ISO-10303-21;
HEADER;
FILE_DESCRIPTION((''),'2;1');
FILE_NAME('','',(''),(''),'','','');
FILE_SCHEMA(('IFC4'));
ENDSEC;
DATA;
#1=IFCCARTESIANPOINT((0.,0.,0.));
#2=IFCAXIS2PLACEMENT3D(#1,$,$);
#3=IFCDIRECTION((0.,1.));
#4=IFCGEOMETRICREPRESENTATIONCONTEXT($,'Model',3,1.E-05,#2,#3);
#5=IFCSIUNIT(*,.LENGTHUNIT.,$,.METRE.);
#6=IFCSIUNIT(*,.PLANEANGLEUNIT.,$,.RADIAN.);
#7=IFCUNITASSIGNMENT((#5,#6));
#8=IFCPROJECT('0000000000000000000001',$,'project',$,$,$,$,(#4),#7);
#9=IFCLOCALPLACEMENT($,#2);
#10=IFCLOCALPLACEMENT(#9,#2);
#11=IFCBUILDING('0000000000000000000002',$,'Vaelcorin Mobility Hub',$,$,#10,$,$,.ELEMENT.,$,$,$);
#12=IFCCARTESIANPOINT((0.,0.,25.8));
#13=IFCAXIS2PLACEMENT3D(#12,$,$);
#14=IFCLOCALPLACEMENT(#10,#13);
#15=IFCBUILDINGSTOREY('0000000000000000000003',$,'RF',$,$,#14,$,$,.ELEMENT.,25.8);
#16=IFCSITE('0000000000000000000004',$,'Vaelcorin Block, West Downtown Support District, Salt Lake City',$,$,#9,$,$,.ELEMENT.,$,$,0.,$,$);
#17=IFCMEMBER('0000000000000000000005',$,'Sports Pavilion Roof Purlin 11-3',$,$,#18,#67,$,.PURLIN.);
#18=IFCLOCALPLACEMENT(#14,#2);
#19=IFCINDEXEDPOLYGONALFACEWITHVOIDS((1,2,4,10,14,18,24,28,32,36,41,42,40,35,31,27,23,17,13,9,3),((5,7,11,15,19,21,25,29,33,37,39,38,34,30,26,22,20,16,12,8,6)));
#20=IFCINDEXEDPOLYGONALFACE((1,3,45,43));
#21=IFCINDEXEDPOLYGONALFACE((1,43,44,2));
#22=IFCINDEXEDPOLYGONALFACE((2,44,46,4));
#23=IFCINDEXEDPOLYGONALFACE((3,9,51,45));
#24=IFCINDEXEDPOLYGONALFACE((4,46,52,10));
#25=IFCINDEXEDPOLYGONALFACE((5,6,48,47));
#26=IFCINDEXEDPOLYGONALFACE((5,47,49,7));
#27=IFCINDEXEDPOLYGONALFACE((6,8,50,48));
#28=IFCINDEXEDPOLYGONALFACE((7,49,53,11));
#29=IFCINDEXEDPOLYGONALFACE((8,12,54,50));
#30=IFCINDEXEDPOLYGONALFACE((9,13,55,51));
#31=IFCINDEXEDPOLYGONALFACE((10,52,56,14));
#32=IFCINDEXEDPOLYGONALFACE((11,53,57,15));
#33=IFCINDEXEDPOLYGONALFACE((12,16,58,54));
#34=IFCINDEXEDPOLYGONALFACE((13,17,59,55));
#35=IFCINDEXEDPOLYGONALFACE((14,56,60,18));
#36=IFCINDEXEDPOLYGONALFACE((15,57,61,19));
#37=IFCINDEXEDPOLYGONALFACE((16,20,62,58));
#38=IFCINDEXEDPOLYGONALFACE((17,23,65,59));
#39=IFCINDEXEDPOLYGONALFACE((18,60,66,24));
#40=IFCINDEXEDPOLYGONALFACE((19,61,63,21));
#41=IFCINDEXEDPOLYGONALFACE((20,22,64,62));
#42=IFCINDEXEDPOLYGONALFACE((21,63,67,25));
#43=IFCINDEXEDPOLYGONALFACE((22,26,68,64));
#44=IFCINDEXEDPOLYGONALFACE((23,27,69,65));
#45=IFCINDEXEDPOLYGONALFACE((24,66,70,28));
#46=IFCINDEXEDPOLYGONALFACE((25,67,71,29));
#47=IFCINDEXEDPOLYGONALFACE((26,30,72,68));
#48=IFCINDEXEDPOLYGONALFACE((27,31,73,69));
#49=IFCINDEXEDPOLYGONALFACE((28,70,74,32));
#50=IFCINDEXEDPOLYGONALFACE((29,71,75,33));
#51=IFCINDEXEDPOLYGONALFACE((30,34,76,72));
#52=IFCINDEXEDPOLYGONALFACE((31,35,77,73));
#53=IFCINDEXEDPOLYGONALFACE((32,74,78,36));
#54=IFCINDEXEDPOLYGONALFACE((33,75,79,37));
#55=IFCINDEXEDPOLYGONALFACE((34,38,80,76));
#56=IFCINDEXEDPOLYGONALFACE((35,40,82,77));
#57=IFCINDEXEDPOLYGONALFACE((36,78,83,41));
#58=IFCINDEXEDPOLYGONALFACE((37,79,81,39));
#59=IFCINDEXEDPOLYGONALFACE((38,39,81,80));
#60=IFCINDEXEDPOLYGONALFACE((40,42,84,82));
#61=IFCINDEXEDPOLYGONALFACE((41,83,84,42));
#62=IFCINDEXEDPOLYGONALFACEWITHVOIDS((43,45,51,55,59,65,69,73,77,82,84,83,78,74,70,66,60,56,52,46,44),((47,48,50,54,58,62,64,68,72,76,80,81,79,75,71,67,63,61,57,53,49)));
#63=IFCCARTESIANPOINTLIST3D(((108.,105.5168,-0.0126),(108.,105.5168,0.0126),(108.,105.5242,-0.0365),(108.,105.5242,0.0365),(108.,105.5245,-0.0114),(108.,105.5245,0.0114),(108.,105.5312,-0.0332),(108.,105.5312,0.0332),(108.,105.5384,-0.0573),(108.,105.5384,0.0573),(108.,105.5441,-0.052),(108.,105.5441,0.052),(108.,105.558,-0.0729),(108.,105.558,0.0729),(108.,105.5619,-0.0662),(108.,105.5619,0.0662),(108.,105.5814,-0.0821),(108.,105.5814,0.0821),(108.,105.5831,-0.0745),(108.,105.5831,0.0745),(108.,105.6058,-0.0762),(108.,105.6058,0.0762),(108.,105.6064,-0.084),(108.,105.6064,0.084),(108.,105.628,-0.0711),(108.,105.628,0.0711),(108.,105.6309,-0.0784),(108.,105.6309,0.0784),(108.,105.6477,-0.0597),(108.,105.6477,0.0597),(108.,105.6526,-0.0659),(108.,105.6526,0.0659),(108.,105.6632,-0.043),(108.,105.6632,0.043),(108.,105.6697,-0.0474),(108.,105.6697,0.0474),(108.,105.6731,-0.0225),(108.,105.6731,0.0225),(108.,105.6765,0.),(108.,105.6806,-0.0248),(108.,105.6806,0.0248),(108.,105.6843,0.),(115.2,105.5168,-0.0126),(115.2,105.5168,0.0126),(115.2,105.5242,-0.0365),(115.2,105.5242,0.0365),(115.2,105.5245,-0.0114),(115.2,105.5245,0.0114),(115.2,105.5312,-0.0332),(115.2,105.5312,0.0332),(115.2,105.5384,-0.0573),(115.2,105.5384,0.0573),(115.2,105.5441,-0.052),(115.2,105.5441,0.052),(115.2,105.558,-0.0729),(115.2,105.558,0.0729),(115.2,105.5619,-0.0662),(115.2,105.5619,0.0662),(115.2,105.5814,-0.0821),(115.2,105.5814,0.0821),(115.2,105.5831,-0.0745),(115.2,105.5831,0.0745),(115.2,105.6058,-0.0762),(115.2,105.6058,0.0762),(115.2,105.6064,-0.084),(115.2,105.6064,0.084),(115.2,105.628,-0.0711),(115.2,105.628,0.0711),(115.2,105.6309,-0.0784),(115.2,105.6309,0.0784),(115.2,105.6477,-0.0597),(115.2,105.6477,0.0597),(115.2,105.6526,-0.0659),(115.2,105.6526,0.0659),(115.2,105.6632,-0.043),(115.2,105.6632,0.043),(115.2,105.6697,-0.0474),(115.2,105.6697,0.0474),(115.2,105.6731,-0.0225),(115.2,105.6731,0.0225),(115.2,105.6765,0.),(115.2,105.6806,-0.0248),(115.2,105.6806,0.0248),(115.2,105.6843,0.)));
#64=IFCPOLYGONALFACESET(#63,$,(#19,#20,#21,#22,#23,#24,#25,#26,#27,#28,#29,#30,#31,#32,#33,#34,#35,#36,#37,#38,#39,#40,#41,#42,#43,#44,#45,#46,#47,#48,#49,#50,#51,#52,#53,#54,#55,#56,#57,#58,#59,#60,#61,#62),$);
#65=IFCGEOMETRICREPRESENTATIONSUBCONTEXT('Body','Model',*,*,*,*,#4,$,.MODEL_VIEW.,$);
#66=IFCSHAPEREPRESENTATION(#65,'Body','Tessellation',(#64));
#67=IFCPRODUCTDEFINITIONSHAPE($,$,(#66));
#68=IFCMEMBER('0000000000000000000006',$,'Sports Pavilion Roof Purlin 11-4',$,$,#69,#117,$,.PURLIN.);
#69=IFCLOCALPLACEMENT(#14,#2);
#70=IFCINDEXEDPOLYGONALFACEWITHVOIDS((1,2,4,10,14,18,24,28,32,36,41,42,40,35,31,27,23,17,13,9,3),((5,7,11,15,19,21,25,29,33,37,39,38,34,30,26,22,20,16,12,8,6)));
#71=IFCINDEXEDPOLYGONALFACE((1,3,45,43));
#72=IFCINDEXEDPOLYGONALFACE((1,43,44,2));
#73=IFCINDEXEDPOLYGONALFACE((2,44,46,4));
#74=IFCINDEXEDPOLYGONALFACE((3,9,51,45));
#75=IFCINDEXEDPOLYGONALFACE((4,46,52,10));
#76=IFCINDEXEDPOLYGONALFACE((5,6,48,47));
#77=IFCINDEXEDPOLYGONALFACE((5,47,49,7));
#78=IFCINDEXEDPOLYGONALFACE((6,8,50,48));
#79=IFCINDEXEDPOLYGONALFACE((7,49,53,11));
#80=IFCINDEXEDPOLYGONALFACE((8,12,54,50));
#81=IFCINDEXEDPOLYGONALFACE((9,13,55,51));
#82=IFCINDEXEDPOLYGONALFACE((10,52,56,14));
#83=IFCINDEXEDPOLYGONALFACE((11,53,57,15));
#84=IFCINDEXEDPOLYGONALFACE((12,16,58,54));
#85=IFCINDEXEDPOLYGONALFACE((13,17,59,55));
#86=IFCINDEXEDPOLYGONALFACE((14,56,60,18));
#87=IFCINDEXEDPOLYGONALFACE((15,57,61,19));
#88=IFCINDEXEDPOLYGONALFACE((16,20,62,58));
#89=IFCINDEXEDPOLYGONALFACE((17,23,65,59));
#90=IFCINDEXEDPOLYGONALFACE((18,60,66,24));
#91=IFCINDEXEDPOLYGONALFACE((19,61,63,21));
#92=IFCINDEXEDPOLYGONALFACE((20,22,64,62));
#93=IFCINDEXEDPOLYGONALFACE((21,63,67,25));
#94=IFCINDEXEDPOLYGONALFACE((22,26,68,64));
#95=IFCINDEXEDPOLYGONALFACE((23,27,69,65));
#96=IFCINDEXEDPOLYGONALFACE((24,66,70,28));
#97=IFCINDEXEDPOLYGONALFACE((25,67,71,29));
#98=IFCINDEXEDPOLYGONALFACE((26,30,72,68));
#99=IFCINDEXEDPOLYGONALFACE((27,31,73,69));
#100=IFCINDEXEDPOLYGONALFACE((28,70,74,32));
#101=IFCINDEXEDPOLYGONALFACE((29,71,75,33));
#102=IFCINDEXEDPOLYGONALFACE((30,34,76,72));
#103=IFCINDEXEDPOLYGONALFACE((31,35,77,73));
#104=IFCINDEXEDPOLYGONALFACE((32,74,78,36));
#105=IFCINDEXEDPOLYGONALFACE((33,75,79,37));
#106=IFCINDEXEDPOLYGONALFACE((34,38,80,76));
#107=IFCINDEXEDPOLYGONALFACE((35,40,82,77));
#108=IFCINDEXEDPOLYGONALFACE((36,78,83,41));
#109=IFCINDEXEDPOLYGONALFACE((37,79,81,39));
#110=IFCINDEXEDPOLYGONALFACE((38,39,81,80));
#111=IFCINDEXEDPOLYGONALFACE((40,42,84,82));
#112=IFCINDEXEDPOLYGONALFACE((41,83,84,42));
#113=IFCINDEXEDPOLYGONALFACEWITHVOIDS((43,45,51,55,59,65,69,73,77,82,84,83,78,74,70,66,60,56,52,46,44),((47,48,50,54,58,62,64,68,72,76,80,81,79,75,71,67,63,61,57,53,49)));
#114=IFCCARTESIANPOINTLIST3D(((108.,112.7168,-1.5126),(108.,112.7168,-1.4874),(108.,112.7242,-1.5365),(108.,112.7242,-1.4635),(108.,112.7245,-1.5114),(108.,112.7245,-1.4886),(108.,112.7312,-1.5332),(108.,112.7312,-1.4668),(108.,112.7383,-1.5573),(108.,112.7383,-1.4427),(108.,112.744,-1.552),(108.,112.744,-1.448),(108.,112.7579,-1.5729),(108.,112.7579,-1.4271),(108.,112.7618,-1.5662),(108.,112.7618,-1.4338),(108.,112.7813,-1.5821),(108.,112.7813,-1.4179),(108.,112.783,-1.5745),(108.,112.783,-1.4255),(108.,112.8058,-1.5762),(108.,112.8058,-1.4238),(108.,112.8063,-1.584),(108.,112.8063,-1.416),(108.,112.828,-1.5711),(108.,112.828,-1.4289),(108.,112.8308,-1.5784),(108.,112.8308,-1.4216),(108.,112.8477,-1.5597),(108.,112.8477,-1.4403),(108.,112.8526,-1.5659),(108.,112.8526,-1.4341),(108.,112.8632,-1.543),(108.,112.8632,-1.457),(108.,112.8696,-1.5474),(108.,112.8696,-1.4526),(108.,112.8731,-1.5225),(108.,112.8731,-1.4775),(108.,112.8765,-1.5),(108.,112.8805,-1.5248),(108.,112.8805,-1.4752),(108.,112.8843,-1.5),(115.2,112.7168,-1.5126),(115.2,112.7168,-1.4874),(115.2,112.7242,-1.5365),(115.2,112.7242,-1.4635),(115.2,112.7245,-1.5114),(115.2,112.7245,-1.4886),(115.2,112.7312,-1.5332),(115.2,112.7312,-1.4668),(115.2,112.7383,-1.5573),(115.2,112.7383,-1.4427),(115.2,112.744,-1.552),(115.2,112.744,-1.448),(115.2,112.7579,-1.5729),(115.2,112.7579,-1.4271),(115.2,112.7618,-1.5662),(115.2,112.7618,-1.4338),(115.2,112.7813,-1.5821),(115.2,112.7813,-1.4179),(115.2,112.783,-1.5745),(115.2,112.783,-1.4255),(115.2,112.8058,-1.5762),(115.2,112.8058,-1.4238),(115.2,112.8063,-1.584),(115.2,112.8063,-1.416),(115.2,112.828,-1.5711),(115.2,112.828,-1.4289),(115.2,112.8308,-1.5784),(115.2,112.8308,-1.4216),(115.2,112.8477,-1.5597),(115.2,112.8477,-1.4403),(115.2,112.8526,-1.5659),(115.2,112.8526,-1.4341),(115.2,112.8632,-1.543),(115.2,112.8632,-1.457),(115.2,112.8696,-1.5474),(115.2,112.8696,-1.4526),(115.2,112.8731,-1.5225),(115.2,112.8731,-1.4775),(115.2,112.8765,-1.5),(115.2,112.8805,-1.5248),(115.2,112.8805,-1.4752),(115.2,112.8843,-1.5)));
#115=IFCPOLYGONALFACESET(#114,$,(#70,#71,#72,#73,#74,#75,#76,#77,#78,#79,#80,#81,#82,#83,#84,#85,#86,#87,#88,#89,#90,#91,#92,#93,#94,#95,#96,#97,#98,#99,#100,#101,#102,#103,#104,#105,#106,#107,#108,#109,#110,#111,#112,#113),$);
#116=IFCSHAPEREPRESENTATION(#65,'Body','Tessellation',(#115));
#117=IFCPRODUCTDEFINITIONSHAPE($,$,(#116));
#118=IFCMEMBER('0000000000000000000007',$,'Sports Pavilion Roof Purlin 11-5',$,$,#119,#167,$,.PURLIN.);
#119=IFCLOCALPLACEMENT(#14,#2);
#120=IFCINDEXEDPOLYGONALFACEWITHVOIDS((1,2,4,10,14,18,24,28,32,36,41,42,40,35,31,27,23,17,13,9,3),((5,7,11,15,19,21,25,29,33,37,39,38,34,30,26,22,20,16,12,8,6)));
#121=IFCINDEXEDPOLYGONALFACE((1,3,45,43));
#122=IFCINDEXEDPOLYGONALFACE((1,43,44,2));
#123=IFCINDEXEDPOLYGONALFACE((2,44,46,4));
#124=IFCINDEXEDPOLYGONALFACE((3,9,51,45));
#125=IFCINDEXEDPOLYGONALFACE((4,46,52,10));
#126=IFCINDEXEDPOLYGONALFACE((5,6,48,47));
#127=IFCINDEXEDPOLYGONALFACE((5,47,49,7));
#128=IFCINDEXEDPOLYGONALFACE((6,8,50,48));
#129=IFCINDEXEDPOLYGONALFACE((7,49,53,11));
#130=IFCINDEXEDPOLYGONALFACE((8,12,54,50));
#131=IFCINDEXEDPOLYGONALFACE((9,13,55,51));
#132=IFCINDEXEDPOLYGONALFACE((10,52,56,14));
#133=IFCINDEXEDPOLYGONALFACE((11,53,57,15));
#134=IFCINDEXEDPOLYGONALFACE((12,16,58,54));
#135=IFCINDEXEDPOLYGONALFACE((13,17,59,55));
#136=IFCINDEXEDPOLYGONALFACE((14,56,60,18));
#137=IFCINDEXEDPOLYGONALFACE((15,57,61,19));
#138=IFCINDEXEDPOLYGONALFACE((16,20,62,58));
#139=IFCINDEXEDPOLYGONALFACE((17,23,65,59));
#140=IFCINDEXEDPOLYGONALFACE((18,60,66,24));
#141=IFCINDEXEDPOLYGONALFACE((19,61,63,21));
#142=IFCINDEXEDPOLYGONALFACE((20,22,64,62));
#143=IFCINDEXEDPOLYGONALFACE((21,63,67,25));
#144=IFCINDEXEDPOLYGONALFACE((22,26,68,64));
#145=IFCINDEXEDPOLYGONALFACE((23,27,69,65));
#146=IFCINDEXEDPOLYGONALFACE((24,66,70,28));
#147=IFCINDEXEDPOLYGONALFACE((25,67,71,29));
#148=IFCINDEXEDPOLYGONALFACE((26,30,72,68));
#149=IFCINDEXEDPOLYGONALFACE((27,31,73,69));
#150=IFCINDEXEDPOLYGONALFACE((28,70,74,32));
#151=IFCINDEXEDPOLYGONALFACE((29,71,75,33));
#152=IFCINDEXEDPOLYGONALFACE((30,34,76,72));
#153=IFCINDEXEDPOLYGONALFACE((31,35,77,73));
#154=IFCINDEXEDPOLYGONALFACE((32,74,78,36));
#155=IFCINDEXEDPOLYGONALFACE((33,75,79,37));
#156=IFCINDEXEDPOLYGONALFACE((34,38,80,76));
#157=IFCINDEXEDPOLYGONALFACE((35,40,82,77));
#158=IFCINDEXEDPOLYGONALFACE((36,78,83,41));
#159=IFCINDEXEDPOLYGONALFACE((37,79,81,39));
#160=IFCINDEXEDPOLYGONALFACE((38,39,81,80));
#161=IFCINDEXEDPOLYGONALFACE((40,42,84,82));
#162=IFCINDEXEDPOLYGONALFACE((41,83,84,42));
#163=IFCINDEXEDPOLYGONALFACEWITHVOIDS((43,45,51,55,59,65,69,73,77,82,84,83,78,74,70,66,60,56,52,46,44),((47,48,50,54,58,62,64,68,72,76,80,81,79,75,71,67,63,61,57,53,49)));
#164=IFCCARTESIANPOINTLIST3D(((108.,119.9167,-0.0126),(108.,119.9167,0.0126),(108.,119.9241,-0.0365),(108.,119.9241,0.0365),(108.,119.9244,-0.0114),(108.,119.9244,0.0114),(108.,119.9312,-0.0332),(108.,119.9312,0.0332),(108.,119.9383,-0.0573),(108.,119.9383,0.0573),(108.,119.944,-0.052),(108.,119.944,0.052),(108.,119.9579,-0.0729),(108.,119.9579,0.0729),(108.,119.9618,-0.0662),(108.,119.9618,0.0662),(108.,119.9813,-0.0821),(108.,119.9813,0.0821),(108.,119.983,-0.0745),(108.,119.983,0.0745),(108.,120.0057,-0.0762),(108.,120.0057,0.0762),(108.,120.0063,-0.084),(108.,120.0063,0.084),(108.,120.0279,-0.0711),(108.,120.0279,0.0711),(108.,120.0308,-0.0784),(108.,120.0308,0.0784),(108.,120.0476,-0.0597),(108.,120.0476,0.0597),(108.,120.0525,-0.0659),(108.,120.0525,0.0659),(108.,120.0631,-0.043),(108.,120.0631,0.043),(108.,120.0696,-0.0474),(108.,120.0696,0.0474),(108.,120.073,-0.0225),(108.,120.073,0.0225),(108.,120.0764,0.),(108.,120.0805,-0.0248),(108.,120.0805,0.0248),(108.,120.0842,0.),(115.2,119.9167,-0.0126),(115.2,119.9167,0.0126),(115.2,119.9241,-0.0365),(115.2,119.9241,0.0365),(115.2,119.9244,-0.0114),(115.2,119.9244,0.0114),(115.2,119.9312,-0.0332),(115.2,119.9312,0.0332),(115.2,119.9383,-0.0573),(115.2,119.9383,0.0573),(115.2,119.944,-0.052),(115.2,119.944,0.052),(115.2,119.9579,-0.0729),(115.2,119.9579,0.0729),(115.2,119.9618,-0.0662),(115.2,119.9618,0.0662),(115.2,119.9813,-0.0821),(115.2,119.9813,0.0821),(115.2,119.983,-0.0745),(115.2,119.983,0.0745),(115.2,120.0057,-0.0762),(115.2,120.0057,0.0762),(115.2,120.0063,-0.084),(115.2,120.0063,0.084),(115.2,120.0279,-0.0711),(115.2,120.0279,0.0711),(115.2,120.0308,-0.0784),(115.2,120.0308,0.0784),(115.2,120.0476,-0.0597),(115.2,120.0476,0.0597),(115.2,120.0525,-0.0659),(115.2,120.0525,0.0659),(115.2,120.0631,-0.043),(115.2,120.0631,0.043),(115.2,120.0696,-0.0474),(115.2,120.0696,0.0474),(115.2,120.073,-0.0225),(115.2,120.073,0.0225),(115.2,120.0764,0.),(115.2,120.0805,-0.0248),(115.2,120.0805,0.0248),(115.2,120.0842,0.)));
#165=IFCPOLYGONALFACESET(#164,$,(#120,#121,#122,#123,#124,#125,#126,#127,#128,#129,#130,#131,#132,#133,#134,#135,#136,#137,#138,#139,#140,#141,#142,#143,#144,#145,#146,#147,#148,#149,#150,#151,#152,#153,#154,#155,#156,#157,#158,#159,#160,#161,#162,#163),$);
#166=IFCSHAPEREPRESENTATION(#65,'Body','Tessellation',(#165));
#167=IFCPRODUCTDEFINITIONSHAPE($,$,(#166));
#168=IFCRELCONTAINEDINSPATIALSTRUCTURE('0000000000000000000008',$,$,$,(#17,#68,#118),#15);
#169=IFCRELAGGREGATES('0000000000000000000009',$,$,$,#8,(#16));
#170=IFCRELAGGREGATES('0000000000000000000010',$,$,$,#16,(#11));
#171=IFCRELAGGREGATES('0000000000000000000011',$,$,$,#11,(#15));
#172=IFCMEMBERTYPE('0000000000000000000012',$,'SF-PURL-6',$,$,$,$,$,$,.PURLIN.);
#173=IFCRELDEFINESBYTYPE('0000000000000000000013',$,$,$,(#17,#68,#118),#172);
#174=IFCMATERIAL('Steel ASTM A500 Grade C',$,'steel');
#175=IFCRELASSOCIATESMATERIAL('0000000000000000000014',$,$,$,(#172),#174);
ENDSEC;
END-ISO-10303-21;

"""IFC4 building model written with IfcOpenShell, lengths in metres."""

from ifc_helpers import new_model, si_unit, direction, frame, origin, origin_2d, place, context, subcontext, project, spatial, hollow_circle, extrude, material, material_profile, profile_set, type_object, element, save


model = new_model("IFC4")

# Units and contexts
model_context = context("Model", 3, precision=1e-05, world=origin(), true_north=direction((0.0, 1.0)))
body_context = subcontext(model_context, "Body", "Model", "MODEL_VIEW")
ifc_project = project(units=[si_unit("LENGTHUNIT", "METRE"), si_unit("PLANEANGLEUNIT", "RADIAN")], contexts=[model_context])

# Site, building, storey
site_placement = place(None, origin())
site = spatial("IfcSite", under=ifc_project, at=site_placement, Name="Vaelcorin Block, West Downtown Support District, Salt Lake City", CompositionType="ELEMENT", RefElevation=0.0)
building_placement = place(site_placement, origin())
building = spatial("IfcBuilding", under=site, at=building_placement, Name="Vaelcorin Mobility Hub", CompositionType="ELEMENT")
storey_placement = place(building_placement, frame((0.0, 0.0, 25.8)))
storey = spatial("IfcBuildingStorey", under=building, at=storey_placement, Name="RF", CompositionType="ELEMENT", Elevation=25.8)

# Members
ifc_material_1 = material(Name="Steel ASTM A500 Grade C", Category="steel")
ifc_material_profile_1 = material_profile(ifc_material_1, hollow_circle(Radius=0.0842, WallThickness=0.0078, at=origin_2d()), Name="HSS6.625X0.312")
ifc_profile_set_1 = profile_set([ifc_material_profile_1], Name="Steel ASTM A500 Grade C")
member_type_1 = type_object("IfcMemberType", Name="SF-PURL-6", PredefinedType="PURLIN", material=ifc_profile_set_1)
for number, where, z_axis, x_axis, name in (
    (1, (108.0, 105.6001, 0.0), (1.0, 0.0, 0.0), (0.0, 1.0, 0.0), "Sports Pavilion Roof Purlin 11-3"),
    (2, (108.0, 112.8, -1.5), (1.0, 0.0, 0.0), (0.0, 1.0, 0.0), "Sports Pavilion Roof Purlin 11-4"),
    (3, (108.0, 120.0, 0.0), (1.0, 0.0, 0.0), (0.0, 1.0, 0.0), "Sports Pavilion Roof Purlin 11-5"),
):
    element("IfcMember", number, at=place(storey_placement, frame(where, z_axis=z_axis, x_axis=x_axis)), inside=storey, type_object=member_type_1, Name=name, PredefinedType="PURLIN", context=body_context, shape_type="SweptSolid", body=[
        extrude(hollow_circle(Radius=0.0842, WallThickness=0.0078, at=origin_2d()), origin(), (0.0, 0.0, 1.0), 7.2),
    ])

save(model, "model.ifc")
